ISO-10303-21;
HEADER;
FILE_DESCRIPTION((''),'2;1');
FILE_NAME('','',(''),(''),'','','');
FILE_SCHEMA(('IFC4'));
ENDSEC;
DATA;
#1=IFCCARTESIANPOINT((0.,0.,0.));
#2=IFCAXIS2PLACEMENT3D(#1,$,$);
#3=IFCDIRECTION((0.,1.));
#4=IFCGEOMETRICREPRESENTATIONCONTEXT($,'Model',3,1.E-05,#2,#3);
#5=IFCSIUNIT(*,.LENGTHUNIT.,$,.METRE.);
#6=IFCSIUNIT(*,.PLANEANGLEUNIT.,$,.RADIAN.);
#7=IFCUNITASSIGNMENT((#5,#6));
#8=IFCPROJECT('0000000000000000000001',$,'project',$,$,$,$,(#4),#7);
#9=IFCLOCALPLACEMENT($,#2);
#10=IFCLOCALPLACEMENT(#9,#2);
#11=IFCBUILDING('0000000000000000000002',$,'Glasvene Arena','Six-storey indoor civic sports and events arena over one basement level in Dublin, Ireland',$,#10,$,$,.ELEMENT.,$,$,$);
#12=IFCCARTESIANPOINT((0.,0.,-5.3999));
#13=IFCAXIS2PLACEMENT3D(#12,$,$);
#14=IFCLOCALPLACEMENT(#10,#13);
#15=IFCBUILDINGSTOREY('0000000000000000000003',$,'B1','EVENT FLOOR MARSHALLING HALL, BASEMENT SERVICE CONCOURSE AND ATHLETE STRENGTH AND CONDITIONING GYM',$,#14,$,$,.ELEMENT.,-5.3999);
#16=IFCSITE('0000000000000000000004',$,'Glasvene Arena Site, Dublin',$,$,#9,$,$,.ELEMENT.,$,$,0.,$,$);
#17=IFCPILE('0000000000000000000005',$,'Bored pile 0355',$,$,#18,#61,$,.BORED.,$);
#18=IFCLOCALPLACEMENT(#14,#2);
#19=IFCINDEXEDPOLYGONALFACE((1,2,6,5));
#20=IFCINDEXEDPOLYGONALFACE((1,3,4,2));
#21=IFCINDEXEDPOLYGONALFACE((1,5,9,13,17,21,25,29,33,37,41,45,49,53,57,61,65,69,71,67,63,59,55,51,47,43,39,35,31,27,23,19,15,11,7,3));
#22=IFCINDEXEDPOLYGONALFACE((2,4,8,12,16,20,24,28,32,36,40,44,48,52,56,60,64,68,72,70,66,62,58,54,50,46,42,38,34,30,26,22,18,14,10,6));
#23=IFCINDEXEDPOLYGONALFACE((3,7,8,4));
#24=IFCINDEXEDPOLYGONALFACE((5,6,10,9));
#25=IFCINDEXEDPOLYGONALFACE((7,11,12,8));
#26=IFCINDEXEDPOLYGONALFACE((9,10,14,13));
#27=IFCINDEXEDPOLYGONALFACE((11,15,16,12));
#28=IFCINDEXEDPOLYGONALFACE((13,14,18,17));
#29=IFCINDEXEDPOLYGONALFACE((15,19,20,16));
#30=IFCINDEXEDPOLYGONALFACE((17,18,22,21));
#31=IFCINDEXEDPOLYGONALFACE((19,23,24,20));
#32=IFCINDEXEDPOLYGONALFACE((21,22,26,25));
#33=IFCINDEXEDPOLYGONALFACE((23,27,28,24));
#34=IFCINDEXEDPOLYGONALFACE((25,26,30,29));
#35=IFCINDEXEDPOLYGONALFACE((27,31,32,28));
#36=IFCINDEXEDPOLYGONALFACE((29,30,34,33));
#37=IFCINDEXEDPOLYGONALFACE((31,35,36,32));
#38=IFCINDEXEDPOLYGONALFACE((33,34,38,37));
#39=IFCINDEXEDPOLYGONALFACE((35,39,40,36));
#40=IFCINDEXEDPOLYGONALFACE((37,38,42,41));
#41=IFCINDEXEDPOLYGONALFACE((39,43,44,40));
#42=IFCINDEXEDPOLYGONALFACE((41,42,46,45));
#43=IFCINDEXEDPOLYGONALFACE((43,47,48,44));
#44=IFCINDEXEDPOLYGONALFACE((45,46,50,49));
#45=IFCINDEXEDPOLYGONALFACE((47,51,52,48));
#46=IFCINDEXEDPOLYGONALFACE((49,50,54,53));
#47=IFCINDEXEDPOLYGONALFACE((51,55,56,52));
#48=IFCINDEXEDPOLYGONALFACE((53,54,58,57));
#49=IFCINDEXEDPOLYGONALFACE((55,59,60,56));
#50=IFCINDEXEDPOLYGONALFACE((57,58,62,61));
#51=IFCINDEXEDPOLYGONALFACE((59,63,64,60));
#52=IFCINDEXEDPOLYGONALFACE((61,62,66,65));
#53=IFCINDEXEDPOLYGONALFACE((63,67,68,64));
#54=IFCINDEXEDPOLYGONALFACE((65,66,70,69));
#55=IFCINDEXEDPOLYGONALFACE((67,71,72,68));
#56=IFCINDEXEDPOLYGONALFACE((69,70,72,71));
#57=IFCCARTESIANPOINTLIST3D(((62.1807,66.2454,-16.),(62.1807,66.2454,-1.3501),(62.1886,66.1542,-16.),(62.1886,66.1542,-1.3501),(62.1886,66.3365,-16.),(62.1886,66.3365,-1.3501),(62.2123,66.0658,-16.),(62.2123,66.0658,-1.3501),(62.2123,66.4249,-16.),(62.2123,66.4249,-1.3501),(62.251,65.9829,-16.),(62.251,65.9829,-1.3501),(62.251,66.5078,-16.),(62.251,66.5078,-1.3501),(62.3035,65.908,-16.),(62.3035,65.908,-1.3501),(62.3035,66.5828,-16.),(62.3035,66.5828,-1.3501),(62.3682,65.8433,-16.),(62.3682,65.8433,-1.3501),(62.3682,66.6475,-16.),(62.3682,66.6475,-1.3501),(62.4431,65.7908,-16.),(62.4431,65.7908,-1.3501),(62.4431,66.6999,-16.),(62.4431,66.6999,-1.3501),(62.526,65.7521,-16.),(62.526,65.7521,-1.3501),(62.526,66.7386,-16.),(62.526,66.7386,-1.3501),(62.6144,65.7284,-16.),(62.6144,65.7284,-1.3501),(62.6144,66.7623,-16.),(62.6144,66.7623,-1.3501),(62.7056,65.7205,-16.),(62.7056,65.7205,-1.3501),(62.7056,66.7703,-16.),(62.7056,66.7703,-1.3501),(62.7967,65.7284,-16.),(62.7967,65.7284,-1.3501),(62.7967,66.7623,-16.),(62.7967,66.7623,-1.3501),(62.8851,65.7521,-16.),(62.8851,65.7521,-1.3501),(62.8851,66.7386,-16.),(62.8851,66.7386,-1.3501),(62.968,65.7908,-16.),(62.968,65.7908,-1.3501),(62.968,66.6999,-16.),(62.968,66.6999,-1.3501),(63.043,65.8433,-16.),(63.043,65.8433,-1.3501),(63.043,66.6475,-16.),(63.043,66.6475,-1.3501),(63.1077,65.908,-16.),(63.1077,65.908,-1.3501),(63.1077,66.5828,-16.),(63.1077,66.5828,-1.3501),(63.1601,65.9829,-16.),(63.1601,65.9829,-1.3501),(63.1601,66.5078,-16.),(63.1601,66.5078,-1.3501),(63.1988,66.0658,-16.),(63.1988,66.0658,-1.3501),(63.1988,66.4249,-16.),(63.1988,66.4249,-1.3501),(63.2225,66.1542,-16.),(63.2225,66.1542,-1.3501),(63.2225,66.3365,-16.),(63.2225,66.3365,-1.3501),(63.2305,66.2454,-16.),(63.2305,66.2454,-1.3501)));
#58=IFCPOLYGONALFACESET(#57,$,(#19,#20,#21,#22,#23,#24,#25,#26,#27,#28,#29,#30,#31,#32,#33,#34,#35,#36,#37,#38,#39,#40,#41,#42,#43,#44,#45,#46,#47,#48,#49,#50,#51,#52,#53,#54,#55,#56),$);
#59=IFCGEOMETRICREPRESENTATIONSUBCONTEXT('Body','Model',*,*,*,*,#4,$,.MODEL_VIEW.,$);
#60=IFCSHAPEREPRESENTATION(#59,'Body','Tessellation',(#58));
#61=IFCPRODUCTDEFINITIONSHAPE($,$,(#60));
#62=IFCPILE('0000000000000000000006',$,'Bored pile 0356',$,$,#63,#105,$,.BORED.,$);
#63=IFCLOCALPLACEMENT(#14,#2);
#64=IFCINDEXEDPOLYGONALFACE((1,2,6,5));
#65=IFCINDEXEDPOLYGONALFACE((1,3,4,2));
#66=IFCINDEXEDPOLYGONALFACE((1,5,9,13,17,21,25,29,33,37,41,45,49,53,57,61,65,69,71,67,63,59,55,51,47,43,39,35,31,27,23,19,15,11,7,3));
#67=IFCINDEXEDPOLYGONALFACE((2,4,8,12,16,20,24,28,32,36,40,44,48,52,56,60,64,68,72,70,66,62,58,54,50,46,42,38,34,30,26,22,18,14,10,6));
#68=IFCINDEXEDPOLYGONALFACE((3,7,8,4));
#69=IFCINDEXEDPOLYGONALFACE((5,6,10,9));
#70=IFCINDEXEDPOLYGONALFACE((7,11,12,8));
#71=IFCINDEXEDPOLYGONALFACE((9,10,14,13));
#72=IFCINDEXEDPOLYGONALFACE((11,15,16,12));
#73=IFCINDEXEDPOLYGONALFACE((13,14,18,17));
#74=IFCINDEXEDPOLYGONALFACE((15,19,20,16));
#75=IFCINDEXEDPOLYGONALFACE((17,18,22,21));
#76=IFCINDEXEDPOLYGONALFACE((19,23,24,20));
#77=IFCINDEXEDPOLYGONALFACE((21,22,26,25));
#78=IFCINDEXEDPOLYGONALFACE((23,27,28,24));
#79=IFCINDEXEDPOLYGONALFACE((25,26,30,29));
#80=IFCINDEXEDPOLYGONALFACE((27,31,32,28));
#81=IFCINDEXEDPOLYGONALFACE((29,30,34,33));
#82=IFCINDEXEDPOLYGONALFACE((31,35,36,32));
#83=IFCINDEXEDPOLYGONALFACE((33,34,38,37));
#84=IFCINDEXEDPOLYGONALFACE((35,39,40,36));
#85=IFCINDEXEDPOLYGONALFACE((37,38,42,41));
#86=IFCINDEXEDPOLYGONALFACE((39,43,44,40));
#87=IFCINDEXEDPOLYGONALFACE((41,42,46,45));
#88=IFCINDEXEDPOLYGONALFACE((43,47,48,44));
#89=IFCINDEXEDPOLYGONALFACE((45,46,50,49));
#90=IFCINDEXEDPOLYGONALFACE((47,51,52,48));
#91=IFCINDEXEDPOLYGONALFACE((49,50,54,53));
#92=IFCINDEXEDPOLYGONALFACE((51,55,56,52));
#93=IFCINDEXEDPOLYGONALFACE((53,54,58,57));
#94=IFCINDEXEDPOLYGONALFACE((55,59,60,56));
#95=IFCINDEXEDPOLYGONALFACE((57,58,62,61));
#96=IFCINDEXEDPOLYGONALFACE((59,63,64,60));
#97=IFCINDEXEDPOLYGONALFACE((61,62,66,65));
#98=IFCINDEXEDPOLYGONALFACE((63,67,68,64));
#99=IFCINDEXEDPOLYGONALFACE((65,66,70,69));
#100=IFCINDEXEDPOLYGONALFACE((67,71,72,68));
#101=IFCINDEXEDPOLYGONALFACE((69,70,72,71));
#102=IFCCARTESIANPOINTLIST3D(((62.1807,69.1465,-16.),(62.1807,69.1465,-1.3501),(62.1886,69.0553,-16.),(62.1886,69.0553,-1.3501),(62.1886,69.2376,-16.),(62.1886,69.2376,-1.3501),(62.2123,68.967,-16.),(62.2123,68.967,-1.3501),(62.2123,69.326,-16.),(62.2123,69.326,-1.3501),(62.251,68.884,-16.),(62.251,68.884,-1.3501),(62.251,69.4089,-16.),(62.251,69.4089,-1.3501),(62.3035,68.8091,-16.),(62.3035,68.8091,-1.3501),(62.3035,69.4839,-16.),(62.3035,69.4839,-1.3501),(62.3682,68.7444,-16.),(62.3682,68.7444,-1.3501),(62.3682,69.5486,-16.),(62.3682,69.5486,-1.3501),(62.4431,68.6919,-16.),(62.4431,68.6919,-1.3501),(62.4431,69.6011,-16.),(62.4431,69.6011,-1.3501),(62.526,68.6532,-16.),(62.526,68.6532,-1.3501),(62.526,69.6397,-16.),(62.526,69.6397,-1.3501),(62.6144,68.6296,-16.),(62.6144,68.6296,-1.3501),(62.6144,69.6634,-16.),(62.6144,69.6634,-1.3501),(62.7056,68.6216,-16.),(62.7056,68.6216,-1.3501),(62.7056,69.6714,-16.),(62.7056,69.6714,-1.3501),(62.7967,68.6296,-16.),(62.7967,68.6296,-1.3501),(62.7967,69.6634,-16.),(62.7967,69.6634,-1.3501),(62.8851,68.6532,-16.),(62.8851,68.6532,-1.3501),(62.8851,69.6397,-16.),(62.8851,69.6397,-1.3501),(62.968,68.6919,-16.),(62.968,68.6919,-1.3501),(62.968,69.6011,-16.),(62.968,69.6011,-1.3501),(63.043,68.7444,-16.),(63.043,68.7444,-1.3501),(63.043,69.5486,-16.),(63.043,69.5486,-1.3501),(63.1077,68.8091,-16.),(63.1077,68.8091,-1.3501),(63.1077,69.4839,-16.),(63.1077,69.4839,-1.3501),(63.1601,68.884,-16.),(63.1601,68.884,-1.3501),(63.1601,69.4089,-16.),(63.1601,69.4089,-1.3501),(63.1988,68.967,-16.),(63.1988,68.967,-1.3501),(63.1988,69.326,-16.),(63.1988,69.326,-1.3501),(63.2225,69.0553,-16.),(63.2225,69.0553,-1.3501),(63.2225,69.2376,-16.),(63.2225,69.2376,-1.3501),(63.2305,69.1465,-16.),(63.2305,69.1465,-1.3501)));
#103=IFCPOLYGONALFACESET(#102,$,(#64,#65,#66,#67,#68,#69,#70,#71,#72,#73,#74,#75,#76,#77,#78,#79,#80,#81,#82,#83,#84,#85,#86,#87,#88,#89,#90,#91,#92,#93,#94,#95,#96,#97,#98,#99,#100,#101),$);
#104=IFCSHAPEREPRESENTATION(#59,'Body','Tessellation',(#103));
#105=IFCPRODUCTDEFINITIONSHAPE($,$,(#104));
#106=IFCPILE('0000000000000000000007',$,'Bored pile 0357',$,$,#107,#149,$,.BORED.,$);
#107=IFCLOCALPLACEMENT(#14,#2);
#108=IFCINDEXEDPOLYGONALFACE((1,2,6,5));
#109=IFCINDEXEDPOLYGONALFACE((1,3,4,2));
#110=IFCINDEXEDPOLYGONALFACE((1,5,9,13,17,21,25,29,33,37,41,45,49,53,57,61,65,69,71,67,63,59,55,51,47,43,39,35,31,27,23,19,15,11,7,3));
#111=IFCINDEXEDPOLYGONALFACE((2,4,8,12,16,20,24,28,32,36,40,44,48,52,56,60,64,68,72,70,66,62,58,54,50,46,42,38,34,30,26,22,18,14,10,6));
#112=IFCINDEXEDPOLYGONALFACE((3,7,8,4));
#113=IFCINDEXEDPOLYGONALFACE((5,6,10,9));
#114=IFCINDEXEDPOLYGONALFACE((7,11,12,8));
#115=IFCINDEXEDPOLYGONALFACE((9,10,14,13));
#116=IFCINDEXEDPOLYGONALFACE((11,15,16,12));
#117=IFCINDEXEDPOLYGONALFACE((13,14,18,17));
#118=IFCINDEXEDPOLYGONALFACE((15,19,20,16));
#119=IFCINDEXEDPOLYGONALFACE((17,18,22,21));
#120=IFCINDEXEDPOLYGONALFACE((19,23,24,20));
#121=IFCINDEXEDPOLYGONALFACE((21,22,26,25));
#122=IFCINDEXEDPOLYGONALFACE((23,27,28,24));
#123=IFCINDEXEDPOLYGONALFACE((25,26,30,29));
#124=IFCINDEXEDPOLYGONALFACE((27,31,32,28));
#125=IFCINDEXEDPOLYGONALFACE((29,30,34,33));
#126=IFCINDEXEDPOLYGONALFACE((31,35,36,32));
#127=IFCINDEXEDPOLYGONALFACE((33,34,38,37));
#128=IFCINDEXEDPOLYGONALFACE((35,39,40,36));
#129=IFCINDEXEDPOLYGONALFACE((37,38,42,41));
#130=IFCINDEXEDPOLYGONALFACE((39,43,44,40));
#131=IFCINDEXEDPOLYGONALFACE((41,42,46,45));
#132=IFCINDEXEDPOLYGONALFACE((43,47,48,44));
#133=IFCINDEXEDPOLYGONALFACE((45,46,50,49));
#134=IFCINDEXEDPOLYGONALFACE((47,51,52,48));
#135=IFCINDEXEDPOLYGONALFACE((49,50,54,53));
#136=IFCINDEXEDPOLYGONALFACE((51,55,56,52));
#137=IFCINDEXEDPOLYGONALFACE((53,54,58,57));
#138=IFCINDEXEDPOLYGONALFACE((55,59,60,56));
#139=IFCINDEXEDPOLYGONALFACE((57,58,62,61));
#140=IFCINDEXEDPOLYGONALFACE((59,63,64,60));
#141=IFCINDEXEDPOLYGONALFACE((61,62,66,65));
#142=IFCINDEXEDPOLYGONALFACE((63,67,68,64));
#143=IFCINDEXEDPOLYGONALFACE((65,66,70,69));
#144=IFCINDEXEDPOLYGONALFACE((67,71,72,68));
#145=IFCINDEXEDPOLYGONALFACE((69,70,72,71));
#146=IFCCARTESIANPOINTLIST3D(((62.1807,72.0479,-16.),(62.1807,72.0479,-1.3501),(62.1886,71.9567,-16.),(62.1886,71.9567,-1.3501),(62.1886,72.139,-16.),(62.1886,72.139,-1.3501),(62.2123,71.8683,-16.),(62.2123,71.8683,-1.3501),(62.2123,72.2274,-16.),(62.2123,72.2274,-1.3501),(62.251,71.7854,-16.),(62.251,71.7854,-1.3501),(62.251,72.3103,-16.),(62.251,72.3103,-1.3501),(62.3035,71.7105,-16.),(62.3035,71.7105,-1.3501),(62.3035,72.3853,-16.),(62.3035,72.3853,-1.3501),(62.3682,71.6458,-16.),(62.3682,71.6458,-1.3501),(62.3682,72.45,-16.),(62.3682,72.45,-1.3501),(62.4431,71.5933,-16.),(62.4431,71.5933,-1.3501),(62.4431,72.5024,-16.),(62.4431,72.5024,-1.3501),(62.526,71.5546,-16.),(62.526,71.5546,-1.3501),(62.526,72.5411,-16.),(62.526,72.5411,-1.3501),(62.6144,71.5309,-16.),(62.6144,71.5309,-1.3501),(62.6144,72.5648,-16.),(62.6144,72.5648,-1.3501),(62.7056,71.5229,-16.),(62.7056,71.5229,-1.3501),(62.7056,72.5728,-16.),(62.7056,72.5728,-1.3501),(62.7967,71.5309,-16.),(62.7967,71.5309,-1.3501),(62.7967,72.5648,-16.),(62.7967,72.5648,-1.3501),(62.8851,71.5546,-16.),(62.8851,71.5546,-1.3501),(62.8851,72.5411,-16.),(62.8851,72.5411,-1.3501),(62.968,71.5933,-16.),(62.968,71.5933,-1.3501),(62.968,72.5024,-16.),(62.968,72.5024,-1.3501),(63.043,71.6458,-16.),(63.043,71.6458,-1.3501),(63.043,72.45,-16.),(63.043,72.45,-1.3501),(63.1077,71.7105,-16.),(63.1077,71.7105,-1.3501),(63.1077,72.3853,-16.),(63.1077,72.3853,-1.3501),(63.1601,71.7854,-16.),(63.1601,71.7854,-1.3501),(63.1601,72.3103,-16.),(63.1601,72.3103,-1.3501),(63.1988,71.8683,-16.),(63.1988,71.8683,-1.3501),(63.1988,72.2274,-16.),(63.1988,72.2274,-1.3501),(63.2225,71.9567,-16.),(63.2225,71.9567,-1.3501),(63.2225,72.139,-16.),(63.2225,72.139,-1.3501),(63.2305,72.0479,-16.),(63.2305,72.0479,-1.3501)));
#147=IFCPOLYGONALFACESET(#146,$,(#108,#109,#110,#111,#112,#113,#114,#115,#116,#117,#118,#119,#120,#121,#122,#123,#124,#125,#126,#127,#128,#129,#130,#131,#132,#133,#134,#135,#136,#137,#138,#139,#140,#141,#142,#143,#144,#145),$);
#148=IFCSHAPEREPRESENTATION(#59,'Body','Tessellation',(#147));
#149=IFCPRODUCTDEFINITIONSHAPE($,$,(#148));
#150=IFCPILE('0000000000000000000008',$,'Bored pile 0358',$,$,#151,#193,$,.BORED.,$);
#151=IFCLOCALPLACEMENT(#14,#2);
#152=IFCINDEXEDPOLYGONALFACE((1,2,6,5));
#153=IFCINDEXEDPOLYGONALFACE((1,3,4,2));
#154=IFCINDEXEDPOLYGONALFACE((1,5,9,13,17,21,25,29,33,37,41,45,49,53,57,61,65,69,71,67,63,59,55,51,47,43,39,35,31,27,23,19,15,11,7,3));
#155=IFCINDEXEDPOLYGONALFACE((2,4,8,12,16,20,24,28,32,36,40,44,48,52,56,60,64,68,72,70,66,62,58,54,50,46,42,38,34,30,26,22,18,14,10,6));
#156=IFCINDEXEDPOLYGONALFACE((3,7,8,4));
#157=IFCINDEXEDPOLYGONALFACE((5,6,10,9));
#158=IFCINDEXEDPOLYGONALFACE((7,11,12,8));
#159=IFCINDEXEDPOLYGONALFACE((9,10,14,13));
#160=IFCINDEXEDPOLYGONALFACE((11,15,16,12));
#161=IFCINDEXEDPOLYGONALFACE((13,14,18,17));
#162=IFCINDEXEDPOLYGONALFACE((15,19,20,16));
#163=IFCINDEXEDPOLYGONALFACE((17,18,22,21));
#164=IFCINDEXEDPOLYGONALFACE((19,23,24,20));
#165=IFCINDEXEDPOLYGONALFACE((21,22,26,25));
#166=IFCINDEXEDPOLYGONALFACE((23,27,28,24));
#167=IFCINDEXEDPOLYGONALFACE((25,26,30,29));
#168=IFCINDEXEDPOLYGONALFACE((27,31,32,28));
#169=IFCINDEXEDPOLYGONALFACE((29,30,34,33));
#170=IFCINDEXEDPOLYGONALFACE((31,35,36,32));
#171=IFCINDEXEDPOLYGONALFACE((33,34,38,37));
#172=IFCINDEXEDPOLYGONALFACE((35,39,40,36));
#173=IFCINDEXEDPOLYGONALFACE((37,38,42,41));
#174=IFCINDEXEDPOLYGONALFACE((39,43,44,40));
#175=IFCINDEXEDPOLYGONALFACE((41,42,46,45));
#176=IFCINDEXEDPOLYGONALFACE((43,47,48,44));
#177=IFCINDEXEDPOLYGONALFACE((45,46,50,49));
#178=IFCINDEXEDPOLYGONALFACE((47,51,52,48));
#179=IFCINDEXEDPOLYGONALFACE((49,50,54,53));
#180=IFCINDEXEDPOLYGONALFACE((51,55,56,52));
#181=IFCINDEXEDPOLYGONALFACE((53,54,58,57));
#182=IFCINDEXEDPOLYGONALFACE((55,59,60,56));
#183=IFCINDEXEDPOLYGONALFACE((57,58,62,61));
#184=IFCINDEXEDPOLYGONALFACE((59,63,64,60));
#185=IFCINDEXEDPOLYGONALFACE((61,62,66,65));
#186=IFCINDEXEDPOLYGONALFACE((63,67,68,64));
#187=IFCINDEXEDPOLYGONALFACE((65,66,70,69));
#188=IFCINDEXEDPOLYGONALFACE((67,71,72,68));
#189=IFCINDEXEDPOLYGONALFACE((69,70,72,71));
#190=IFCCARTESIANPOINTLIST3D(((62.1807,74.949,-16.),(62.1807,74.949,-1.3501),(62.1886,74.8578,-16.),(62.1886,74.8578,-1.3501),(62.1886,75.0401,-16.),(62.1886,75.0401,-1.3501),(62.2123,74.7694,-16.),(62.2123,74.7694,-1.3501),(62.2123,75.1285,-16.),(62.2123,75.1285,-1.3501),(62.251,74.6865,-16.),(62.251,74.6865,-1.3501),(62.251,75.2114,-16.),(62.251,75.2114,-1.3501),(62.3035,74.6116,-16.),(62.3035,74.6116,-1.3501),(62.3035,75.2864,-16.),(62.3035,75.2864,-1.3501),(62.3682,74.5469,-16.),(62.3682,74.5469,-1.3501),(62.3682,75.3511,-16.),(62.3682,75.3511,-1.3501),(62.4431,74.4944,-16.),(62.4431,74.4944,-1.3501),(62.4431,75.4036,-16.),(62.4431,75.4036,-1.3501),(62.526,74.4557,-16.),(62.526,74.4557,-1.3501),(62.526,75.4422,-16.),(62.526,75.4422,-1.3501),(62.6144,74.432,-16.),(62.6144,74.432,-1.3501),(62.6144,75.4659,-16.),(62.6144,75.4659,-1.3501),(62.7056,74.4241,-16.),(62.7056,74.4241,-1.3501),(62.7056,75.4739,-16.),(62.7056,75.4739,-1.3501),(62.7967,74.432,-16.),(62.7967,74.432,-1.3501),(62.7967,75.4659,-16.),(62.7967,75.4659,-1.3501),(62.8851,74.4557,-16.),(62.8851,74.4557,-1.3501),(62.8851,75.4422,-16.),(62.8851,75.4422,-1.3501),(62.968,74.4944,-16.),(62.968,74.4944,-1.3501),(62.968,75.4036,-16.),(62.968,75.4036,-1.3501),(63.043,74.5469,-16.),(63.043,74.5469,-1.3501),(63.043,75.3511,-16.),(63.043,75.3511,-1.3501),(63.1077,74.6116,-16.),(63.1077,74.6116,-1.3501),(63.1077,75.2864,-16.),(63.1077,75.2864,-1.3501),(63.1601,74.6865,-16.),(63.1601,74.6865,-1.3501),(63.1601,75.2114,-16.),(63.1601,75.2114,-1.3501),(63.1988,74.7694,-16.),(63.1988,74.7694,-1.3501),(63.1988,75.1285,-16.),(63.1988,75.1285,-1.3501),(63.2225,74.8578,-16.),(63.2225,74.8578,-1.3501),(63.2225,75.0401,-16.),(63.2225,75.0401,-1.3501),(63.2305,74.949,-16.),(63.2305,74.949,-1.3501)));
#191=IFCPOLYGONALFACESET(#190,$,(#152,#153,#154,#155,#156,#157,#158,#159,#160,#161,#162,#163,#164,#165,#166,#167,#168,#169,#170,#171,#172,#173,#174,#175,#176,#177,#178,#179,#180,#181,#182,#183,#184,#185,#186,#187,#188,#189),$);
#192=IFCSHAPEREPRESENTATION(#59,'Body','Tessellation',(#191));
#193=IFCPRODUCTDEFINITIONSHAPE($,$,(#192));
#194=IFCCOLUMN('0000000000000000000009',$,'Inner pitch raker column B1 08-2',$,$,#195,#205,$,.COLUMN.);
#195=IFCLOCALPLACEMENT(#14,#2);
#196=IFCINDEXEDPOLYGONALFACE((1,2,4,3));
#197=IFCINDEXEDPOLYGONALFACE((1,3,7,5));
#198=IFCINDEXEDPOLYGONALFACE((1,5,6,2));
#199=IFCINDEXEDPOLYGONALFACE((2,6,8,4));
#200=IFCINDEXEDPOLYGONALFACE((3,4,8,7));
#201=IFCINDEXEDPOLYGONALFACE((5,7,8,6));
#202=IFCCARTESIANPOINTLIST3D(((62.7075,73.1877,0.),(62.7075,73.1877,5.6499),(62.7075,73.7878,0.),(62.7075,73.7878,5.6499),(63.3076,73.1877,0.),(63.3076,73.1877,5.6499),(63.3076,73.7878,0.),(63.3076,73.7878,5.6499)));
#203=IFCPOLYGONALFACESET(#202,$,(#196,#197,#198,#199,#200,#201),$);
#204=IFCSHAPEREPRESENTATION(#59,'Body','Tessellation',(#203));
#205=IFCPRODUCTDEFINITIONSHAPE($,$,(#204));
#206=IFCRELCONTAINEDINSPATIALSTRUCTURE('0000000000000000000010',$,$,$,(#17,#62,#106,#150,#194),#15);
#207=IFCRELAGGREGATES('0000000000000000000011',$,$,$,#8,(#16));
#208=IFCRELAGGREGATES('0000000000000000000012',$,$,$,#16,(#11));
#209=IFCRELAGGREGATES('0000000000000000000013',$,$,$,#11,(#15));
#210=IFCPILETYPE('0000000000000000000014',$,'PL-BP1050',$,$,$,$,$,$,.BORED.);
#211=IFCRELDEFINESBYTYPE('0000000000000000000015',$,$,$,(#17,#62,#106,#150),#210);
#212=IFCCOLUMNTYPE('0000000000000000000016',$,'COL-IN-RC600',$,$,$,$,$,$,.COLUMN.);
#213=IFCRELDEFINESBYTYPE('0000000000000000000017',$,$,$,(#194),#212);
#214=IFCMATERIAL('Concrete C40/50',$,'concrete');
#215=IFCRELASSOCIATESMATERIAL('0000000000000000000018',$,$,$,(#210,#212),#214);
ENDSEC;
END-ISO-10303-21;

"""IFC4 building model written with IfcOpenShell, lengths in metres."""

from ifc_helpers import new_model, si_unit, direction, frame, origin, origin_2d, place, context, subcontext, project, spatial, rectangle, circle, extrude, material, material_profile, profile_set, type_object, element, save


model = new_model("IFC4")

# Units and contexts
model_context = context("Model", 3, precision=1e-05, world=origin(), true_north=direction((0.0, 1.0)))
body_context = subcontext(model_context, "Body", "Model", "MODEL_VIEW")
ifc_project = project(units=[si_unit("LENGTHUNIT", "METRE"), si_unit("PLANEANGLEUNIT", "RADIAN")], contexts=[model_context])

# Site, building, storey
site_placement = place(None, origin())
site = spatial("IfcSite", under=ifc_project, at=site_placement, Name="Glasvene Arena Site, Dublin", CompositionType="ELEMENT", RefElevation=0.0)
building_placement = place(site_placement, origin())
building = spatial("IfcBuilding", under=site, at=building_placement, Name="Glasvene Arena", Description="Six-storey indoor civic sports and events arena over one basement level in Dublin, Ireland", CompositionType="ELEMENT")
storey_placement = place(building_placement, frame((0.0, 0.0, -5.3999)))
storey = spatial("IfcBuildingStorey", under=building, at=storey_placement, Name="B1", Description="EVENT FLOOR MARSHALLING HALL, BASEMENT SERVICE CONCOURSE AND ATHLETE STRENGTH AND CONDITIONING GYM", CompositionType="ELEMENT", Elevation=-5.3999)

# Piles
ifc_material_1 = material(Name="Concrete C40/50", Category="concrete")
ifc_material_profile_1 = material_profile(ifc_material_1, circle(Radius=0.5249, at=origin_2d()), Name="BORED PILE 1050")
ifc_profile_set_1 = profile_set([ifc_material_profile_1], Name="Concrete C40/50")
pile_type = type_object("IfcPileType", Name="PL-BP1050", PredefinedType="BORED", material=ifc_profile_set_1)
for number, where, z_axis, x_axis, name in (
    (1, (62.7056, 66.2454, -1.3501), (0.0, 0.0, -1.0), (1.0, 0.0, 0.0), "Bored pile 0355"),
    (2, (62.7056, 69.1465, -1.3501), (0.0, 0.0, -1.0), (1.0, 0.0, 0.0), "Bored pile 0356"),
    (3, (62.7056, 72.0479, -1.3501), (0.0, 0.0, -1.0), (1.0, 0.0, 0.0), "Bored pile 0357"),
    (4, (62.7056, 74.949, -1.3501), (0.0, 0.0, -1.0), (1.0, 0.0, 0.0), "Bored pile 0358"),
):
    element("IfcPile", number, at=place(storey_placement, frame(where, z_axis=z_axis, x_axis=x_axis)), inside=storey, type_object=pile_type, Name=name, PredefinedType="BORED", context=body_context, shape_type="SweptSolid", body=[
        extrude(circle(Radius=0.5249, at=origin_2d()), origin(), (0.0, 0.0, 1.0), 14.6499),
    ])

# Column
ifc_material_profile_2 = material_profile(ifc_material_1, rectangle(XDim=0.6001, YDim=0.6001, at=origin_2d()), Name="RC 600x600")
ifc_profile_set_2 = profile_set([ifc_material_profile_2], Name="Concrete C40/50")
column_type_1 = type_object("IfcColumnType", Name="COL-IN-RC600", PredefinedType="COLUMN", material=ifc_profile_set_2)
for number, where, z_axis, x_axis, name in (
    (5, (63.0076, 73.4878, 0.0), (0.0, 0.0, 1.0), (1.0, 0.0, 0.0), "Inner pitch raker column B1 08-2"),
):
    element("IfcColumn", number, at=place(storey_placement, frame(where, z_axis=z_axis, x_axis=x_axis)), inside=storey, type_object=column_type_1, Name=name, PredefinedType="COLUMN", context=body_context, shape_type="SweptSolid", body=[
        extrude(rectangle(XDim=0.6001, YDim=0.6001, at=origin_2d()), origin(), (0.0, 0.0, 1.0), 5.6499),
    ])

save(model, "model.ifc")
